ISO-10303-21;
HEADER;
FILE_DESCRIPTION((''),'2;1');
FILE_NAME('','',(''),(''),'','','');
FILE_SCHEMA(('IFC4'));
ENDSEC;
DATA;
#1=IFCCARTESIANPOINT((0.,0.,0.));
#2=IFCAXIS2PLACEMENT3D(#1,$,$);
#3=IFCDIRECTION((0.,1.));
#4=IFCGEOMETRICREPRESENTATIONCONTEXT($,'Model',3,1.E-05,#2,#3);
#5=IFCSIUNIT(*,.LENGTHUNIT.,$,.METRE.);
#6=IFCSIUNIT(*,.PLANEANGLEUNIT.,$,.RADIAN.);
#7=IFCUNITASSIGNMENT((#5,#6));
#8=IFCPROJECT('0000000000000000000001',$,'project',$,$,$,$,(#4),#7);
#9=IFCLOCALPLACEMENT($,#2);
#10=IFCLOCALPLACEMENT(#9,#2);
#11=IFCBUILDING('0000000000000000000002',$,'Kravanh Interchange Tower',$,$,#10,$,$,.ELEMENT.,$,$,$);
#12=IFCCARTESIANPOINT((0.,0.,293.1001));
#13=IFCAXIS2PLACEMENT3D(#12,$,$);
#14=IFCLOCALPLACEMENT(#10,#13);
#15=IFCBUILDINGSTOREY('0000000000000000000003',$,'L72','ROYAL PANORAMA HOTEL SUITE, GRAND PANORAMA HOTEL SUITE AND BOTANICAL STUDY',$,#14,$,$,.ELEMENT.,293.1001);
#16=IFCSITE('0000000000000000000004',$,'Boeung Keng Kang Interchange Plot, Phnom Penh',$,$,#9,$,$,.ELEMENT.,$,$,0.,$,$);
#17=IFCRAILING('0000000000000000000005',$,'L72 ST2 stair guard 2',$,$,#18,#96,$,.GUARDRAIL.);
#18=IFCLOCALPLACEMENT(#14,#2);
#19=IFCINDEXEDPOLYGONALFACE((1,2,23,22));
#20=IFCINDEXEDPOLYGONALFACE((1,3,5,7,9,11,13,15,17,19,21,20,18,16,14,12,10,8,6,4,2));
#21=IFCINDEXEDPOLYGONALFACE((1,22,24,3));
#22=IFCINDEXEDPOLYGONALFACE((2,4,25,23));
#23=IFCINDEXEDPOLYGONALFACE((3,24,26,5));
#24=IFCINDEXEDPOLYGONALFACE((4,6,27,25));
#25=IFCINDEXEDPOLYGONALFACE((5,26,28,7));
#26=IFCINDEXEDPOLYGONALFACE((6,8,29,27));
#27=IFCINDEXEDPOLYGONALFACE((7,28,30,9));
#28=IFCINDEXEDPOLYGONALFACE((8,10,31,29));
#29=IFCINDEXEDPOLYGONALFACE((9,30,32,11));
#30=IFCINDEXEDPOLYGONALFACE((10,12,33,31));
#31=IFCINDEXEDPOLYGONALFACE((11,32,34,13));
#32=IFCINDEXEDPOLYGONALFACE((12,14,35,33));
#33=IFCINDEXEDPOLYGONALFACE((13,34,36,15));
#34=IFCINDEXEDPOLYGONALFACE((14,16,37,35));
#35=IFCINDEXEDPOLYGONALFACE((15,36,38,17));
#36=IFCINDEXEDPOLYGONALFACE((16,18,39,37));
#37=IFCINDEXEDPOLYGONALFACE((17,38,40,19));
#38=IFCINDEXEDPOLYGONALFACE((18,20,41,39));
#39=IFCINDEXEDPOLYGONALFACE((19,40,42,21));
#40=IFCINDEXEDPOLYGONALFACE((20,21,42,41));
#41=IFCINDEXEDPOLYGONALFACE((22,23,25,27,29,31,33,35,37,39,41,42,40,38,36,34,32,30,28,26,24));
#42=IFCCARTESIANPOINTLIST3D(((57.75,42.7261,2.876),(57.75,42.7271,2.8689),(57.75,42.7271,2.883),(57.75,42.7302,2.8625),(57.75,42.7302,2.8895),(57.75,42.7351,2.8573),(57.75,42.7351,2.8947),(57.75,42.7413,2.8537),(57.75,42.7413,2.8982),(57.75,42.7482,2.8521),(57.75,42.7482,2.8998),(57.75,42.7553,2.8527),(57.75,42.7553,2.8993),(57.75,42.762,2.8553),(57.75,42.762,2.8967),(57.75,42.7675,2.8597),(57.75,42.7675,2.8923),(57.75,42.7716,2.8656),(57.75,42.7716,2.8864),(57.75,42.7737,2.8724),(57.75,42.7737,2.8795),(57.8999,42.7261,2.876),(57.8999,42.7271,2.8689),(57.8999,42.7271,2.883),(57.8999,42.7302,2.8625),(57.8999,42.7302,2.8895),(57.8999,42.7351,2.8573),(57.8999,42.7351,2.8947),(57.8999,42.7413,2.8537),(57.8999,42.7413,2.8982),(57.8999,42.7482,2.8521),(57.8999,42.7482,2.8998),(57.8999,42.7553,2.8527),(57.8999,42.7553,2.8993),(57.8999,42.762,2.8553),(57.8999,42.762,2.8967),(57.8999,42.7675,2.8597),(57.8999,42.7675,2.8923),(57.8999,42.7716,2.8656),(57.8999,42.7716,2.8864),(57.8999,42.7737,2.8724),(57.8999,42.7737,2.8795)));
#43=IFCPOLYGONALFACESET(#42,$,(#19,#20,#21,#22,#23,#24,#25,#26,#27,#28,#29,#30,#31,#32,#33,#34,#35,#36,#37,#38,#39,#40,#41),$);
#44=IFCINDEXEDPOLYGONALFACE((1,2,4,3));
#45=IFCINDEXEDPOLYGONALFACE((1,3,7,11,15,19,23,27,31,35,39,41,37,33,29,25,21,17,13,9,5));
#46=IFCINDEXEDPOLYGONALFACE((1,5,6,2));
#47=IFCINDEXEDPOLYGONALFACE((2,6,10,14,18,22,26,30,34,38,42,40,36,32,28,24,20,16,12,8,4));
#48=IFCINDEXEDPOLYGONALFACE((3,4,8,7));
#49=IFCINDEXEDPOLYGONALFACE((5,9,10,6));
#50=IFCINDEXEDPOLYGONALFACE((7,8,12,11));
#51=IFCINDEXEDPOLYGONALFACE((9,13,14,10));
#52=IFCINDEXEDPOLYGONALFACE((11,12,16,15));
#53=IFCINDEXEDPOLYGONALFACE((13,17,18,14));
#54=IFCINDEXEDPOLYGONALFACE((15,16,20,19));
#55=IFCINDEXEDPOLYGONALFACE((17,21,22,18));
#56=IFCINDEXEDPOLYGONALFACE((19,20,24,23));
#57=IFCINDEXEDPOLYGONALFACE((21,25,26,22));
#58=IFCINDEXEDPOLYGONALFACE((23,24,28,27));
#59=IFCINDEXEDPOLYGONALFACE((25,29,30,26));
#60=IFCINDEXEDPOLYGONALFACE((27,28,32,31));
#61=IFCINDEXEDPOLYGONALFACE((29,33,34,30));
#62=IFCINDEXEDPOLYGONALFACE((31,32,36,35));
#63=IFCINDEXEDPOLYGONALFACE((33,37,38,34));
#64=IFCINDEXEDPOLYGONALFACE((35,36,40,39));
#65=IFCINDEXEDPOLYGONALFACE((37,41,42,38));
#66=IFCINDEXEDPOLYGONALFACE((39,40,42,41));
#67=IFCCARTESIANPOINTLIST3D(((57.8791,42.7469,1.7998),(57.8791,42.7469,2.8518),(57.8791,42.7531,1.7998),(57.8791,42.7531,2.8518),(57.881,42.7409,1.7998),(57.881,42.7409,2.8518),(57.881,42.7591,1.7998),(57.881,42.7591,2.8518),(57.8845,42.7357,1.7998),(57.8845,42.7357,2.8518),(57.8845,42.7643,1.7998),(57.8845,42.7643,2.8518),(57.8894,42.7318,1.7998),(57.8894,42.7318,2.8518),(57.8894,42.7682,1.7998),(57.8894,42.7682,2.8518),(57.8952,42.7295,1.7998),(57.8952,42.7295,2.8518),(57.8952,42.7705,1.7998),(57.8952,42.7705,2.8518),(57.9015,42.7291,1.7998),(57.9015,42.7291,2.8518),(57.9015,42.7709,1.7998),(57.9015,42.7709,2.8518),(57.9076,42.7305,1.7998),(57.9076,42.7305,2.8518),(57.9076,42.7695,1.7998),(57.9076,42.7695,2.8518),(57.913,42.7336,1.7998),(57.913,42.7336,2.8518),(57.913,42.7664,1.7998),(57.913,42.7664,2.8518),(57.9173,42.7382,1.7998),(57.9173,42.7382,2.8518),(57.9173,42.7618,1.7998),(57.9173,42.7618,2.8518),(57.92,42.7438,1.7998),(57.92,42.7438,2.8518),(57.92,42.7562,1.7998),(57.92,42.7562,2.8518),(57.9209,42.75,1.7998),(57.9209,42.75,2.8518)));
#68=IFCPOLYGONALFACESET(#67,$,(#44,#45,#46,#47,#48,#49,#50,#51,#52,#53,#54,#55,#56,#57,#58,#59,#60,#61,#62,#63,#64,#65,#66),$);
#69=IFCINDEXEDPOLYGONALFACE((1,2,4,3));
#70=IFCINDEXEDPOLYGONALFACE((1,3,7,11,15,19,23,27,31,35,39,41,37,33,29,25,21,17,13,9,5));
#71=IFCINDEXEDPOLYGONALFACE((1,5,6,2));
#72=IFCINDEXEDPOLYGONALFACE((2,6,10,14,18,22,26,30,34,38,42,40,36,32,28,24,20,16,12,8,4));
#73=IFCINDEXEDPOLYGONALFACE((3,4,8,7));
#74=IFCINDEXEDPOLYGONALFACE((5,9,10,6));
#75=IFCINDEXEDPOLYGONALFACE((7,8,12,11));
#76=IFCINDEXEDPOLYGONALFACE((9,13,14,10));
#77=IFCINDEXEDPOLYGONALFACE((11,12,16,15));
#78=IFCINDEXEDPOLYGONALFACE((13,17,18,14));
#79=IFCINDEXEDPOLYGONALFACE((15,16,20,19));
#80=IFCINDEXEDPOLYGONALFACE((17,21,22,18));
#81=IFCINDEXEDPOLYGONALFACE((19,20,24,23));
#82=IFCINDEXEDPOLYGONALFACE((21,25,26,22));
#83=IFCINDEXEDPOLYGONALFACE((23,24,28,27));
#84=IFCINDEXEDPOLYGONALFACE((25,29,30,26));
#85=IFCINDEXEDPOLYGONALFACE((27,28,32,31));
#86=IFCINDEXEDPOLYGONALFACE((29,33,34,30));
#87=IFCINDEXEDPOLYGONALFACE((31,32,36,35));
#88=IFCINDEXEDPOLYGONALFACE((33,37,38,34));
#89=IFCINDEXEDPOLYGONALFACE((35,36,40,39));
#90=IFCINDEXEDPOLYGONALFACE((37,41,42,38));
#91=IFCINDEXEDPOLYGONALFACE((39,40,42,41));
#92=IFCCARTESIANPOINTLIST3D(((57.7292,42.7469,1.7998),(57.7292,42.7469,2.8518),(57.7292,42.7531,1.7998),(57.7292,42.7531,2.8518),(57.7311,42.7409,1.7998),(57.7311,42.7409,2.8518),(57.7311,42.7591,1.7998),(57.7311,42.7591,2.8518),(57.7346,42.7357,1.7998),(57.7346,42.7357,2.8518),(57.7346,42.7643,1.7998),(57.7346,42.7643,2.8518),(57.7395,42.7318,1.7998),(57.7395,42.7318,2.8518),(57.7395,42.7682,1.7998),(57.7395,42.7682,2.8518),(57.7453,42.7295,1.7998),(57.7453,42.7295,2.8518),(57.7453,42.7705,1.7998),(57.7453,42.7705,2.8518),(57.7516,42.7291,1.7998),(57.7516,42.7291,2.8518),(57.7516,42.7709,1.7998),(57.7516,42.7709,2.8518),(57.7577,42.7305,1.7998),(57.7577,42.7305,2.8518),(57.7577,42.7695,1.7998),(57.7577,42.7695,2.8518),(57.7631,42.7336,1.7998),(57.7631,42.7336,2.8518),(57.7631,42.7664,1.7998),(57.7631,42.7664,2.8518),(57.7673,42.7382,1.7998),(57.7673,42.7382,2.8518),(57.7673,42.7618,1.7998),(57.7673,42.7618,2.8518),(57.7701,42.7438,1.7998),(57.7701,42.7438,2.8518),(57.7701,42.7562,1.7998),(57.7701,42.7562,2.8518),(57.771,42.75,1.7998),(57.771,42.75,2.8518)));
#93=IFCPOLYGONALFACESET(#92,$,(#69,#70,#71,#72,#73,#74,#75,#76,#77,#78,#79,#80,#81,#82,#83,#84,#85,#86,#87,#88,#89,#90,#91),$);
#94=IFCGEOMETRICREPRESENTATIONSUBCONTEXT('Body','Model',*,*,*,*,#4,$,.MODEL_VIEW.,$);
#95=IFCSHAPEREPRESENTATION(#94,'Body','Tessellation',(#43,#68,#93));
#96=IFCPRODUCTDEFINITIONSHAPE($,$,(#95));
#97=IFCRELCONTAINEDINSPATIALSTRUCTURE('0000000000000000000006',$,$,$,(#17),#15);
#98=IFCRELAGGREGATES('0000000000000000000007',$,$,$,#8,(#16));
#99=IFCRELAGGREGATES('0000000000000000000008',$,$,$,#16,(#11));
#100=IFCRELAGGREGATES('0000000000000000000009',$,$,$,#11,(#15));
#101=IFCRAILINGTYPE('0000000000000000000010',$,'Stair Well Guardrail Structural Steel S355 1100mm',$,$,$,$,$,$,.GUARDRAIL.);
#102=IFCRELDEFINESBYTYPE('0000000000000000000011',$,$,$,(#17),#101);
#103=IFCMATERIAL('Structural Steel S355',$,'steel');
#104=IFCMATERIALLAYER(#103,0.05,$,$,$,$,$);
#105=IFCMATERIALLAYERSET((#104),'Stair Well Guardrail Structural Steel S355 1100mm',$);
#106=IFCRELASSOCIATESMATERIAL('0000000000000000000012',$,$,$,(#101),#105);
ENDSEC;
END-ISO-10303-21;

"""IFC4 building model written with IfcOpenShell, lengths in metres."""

from ifc_helpers import new_model, si_unit, direction, frame, origin, origin_2d, place, context, subcontext, project, spatial, circle, extrude, material, layer, layer_set, type_object, element, save


model = new_model("IFC4")

# Units and contexts
model_context = context("Model", 3, precision=1e-05, world=origin(), true_north=direction((0.0, 1.0)))
body_context = subcontext(model_context, "Body", "Model", "MODEL_VIEW")
ifc_project = project(units=[si_unit("LENGTHUNIT", "METRE"), si_unit("PLANEANGLEUNIT", "RADIAN")], contexts=[model_context])

# Site, building, storey
site_placement = place(None, origin())
site = spatial("IfcSite", under=ifc_project, at=site_placement, Name="Boeung Keng Kang Interchange Plot, Phnom Penh", CompositionType="ELEMENT", RefElevation=0.0)
building_placement = place(site_placement, origin())
building = spatial("IfcBuilding", under=site, at=building_placement, Name="Kravanh Interchange Tower", CompositionType="ELEMENT")
storey_placement = place(building_placement, frame((0.0, 0.0, 293.1001)))
storey = spatial("IfcBuildingStorey", under=building, at=storey_placement, Name="L72", Description="ROYAL PANORAMA HOTEL SUITE, GRAND PANORAMA HOTEL SUITE AND BOTANICAL STUDY", CompositionType="ELEMENT", Elevation=293.1001)

# Railing
ifc_material_1 = material(Name="Structural Steel S355", Category="steel")
ifc_layer_1 = layer(ifc_material_1, 0.05)
ifc_layer_set_1 = layer_set([ifc_layer_1], Name="Stair Well Guardrail Structural Steel S355 1100mm")
railing_type_1 = type_object("IfcRailingType", Name="Stair Well Guardrail Structural Steel S355 1100mm", PredefinedType="GUARDRAIL", material=ifc_layer_set_1)
railing_1_placement = place(storey_placement, frame((57.8999, 42.75, 1.7998)))
element("IfcRailing", 1, at=railing_1_placement, inside=storey, type_object=railing_type_1, Name="L72 ST2 stair guard 2", PredefinedType="GUARDRAIL", context=body_context, shape_type="SweptSolid", body=[
    extrude(circle(Radius=0.0239, at=origin_2d()), frame((0.0, 0.0, 1.0762), z_axis=(-1.0, 0.0, 0.0), x_axis=(0.0, -1.0, 0.0)), (0.0, 0.0, 1.0), 0.1499),
    extrude(circle(Radius=0.021, at=origin_2d()), origin(), (0.0, 0.0, 1.0), 1.052),
    extrude(circle(Radius=0.021, at=origin_2d()), frame((-0.1499, 0.0, 0.0)), (0.0, 0.0, 1.0), 1.052),
])

save(model, "model.ifc")
